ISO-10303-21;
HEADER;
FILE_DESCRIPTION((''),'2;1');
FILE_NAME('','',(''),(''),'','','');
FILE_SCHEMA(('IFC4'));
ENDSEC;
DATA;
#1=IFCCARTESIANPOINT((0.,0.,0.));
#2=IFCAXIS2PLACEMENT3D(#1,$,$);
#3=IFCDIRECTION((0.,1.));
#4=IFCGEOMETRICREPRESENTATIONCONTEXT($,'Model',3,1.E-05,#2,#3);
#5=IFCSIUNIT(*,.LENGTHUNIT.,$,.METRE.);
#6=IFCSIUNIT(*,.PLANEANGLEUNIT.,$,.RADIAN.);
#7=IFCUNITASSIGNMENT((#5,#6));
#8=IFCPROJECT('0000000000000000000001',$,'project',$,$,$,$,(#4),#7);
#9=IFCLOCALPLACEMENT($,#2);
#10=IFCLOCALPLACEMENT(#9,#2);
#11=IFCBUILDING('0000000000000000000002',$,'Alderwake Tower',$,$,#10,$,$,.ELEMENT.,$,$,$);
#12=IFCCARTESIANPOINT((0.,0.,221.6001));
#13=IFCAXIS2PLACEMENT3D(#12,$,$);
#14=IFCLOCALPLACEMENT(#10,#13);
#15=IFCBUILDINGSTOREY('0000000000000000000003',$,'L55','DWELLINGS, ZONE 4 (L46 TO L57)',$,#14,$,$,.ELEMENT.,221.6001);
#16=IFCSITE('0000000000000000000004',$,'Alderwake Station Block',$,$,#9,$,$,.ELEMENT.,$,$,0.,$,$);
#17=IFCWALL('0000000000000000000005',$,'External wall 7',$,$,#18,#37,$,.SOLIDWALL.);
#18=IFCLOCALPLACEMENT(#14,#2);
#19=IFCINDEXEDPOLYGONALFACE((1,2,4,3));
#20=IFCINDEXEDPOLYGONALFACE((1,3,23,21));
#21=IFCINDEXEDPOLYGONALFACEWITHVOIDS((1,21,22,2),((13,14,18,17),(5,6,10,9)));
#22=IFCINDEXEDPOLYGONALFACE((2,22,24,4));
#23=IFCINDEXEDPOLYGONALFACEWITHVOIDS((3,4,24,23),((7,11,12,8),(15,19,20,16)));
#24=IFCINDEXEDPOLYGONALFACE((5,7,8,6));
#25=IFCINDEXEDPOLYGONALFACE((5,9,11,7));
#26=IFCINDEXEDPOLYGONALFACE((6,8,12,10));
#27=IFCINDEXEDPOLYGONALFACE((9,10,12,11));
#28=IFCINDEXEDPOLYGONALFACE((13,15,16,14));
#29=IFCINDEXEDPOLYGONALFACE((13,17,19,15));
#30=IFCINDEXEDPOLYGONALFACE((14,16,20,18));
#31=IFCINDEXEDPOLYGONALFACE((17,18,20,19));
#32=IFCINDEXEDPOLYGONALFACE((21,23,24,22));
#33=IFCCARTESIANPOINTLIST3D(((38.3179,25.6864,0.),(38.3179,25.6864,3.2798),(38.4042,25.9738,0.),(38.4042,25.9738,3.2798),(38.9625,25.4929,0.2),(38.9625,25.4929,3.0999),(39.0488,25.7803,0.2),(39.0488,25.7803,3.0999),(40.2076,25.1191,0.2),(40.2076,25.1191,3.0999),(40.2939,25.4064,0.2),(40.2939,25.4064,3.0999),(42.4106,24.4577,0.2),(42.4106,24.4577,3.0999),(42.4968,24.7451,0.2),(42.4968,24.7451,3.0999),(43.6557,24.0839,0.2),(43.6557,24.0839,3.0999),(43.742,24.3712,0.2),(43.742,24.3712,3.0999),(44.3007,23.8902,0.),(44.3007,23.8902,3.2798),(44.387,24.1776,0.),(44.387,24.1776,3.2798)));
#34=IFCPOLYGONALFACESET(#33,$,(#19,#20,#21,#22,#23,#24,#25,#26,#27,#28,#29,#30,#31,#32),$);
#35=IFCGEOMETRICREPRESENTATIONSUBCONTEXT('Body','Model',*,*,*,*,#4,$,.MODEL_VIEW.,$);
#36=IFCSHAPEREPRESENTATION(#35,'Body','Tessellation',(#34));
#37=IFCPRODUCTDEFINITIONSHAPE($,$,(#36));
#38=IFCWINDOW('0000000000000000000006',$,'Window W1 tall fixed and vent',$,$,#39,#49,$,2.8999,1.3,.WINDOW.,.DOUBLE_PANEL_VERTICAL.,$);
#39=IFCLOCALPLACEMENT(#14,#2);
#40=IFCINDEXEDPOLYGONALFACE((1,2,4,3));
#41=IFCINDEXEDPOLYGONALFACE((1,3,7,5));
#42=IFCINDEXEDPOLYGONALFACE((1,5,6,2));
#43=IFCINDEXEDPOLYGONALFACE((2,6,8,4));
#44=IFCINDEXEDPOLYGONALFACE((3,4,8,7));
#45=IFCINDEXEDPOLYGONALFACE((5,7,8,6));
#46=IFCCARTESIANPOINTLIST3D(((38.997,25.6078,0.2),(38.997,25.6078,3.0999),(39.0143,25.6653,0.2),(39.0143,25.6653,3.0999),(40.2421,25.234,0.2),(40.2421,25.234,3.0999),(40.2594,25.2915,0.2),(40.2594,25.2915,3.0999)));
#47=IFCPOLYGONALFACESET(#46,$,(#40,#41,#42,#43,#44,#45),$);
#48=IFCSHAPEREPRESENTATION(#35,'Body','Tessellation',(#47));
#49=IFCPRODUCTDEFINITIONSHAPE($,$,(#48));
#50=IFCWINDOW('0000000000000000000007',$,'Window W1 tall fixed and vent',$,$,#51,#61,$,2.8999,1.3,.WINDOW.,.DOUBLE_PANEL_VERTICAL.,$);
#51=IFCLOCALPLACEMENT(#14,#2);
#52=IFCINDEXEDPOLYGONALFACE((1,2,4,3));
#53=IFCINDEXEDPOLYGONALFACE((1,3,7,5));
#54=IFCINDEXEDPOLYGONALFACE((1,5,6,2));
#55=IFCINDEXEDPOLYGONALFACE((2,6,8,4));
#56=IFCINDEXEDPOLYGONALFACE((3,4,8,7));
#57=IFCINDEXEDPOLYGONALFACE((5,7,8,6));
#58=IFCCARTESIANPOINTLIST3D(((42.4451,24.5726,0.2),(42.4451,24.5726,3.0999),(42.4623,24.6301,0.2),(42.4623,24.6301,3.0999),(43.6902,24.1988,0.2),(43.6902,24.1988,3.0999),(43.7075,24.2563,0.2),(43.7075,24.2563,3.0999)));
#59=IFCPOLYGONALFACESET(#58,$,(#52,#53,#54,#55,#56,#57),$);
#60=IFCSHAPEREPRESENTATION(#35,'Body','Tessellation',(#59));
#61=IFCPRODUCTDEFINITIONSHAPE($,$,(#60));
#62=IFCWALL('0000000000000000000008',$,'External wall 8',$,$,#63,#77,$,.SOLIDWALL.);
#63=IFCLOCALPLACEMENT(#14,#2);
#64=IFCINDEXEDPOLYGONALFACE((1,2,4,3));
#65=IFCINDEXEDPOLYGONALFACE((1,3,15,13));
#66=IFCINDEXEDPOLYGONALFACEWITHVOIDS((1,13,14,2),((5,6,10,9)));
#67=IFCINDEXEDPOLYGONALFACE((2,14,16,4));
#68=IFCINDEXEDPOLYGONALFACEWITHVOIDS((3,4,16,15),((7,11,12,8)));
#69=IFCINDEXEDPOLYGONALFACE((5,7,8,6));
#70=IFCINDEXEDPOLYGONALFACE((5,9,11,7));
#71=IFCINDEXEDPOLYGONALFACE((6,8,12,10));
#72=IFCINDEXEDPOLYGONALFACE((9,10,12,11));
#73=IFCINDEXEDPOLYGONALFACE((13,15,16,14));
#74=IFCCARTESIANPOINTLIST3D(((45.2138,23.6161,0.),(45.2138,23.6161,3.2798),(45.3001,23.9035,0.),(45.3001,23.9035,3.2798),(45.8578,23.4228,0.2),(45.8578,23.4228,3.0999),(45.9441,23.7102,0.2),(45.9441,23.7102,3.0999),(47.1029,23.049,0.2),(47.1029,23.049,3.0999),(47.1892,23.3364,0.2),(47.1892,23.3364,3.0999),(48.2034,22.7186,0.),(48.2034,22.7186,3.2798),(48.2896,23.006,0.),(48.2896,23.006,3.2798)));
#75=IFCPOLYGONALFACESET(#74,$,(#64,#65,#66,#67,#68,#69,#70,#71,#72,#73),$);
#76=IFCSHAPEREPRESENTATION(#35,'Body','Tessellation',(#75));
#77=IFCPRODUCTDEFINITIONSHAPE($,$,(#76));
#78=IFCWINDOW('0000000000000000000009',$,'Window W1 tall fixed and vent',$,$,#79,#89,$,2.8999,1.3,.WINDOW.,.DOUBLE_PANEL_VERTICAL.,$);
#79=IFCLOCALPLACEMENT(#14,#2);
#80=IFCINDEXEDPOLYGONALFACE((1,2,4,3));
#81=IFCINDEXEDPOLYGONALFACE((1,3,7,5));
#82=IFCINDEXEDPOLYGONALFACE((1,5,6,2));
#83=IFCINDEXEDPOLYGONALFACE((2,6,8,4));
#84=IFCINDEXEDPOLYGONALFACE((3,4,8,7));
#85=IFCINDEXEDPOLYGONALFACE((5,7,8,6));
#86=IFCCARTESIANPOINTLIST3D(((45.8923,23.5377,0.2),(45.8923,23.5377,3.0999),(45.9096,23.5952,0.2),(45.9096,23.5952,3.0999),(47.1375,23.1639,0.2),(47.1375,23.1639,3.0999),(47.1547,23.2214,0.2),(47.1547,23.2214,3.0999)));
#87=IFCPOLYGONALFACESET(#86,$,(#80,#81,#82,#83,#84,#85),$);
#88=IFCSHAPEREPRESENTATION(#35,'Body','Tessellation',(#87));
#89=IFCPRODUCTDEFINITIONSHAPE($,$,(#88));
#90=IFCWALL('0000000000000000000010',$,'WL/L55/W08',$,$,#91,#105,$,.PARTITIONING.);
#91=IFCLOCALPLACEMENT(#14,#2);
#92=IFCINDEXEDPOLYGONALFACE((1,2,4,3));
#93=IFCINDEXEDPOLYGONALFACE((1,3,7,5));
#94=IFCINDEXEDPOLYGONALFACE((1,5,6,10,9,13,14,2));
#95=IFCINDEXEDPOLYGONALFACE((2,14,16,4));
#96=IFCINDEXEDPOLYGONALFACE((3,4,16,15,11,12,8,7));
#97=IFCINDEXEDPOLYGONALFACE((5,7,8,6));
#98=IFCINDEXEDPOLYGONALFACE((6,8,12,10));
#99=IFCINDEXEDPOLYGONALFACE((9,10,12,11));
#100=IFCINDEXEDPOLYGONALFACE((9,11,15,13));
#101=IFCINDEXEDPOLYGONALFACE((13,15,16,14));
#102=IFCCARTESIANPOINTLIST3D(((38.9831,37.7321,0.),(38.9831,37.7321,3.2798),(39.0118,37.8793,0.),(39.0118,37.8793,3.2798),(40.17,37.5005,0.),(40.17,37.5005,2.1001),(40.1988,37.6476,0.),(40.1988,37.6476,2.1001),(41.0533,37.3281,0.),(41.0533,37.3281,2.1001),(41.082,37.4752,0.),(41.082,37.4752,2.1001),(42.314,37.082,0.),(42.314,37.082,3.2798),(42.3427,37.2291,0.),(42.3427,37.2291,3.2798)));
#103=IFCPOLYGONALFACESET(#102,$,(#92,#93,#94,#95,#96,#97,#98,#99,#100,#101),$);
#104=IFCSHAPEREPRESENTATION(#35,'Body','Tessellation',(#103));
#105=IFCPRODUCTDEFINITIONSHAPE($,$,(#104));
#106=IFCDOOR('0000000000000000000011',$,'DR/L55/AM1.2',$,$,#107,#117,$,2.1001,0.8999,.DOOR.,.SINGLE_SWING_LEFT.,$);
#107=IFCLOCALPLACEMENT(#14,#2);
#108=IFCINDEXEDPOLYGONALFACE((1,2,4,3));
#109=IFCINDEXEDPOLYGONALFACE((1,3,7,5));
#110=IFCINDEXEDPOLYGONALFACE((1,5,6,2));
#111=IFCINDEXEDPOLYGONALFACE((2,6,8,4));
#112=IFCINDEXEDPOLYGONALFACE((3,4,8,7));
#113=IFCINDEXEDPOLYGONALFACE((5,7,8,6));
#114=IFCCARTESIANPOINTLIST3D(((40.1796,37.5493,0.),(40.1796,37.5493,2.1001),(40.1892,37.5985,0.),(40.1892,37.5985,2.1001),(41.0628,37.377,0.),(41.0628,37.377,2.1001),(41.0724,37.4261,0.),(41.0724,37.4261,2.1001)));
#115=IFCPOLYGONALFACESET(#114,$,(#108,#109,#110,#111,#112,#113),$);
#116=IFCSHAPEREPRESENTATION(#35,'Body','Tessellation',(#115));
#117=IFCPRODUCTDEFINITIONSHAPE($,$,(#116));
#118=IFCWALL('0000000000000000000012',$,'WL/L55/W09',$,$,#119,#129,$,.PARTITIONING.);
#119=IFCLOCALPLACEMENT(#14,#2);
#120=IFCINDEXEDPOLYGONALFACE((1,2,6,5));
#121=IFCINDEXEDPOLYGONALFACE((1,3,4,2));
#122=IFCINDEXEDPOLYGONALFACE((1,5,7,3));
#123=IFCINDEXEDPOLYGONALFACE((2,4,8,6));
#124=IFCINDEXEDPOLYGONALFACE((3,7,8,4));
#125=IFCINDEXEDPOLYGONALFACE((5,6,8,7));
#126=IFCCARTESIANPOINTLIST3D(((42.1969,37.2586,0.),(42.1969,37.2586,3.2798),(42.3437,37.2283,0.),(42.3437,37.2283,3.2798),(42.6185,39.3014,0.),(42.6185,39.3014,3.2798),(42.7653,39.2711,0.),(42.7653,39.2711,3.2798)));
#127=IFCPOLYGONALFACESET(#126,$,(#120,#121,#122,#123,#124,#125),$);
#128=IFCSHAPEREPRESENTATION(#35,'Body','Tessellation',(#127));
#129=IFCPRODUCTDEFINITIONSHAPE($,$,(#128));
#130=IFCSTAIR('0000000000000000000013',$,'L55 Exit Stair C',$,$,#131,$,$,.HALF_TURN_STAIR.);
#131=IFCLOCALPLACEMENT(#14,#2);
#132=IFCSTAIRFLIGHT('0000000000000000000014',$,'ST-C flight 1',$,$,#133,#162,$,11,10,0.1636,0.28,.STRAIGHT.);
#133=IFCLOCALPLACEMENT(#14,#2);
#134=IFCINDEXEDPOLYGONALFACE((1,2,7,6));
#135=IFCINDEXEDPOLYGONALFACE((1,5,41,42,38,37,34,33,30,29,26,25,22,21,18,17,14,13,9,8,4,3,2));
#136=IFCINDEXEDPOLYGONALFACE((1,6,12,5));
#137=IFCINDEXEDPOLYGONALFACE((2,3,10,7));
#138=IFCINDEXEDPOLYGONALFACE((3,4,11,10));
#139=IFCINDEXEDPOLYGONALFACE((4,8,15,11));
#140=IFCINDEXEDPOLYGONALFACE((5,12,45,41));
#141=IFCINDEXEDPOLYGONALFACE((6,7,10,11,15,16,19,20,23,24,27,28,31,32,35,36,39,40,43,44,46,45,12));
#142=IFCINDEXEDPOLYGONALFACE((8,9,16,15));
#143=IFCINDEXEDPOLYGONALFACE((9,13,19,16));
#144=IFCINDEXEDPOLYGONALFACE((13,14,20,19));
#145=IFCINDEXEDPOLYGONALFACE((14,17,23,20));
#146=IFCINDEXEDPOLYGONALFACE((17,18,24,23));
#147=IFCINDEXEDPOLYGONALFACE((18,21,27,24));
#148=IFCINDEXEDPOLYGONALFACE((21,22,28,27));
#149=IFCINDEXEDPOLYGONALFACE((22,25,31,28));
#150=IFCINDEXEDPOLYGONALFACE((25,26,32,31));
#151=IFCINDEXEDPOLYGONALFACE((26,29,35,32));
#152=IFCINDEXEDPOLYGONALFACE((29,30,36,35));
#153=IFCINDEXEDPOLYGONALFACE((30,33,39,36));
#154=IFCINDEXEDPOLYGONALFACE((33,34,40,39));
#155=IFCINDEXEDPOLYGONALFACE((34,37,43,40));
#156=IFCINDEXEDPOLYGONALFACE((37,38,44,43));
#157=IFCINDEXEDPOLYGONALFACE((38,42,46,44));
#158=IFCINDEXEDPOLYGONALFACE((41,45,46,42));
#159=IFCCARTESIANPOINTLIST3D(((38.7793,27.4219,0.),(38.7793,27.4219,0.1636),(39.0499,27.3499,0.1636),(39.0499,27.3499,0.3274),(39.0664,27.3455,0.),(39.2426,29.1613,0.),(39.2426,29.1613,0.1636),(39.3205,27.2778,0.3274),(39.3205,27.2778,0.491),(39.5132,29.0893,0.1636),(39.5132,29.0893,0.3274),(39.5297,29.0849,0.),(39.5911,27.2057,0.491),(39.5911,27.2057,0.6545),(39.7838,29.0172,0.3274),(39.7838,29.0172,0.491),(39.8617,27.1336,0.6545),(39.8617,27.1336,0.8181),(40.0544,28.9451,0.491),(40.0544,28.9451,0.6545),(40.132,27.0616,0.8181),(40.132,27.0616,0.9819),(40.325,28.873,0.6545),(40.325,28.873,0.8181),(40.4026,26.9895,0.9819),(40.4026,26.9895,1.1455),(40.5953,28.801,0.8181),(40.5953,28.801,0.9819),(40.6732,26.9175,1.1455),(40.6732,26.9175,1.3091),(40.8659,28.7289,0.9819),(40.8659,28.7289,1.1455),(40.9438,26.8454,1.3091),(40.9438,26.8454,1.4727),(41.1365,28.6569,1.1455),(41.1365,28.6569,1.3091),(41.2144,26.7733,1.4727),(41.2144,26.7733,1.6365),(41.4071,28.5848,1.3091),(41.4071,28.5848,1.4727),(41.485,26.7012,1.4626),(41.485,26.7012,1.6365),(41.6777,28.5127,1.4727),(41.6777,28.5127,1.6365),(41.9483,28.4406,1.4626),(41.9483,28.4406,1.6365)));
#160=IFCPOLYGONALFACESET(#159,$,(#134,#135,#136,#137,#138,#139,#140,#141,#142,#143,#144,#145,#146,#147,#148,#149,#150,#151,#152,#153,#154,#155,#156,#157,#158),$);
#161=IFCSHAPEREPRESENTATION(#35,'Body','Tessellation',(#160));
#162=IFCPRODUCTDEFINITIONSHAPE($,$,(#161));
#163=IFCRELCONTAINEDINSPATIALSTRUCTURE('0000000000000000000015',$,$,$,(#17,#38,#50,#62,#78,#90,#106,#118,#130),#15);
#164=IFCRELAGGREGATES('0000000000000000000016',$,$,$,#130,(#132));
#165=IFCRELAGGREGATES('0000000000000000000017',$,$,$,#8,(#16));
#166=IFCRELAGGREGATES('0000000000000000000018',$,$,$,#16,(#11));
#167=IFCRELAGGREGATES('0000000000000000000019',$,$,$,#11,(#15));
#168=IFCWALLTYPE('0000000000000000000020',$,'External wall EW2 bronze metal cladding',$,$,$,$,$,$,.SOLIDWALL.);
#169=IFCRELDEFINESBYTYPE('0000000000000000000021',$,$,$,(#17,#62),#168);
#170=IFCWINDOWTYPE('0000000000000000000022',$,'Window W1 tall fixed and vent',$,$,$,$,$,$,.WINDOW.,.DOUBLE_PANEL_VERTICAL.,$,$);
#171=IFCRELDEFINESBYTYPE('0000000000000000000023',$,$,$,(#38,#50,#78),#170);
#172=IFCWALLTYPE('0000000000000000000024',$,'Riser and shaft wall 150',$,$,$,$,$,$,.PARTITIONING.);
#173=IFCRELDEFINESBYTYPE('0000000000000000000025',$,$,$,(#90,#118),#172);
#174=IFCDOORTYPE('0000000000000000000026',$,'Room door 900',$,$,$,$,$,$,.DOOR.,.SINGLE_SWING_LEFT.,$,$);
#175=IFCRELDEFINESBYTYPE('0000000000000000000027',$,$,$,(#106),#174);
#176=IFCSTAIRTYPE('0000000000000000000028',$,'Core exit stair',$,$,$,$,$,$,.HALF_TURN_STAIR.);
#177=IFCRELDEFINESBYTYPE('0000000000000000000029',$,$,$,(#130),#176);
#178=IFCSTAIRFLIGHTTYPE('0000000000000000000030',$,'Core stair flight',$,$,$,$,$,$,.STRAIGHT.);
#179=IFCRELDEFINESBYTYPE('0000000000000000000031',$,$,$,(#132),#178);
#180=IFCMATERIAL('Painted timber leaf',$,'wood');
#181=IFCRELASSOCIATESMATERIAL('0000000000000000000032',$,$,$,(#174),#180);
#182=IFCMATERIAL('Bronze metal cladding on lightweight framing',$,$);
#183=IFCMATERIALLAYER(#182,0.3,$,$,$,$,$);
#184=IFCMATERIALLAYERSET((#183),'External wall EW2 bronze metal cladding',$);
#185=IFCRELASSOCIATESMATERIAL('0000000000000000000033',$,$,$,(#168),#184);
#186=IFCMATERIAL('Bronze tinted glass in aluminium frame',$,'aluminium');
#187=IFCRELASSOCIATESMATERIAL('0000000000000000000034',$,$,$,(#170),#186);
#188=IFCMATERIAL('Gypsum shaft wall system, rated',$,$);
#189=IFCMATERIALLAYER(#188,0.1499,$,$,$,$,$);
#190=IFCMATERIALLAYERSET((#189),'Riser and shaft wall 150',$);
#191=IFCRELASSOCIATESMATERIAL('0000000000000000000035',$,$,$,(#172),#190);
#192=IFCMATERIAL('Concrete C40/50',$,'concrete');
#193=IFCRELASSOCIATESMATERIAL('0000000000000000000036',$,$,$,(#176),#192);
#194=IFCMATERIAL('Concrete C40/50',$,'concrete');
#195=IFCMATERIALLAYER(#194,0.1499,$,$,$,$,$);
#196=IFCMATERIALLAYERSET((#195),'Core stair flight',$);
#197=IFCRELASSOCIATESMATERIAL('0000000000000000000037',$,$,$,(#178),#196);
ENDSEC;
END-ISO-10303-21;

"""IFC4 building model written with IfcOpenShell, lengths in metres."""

from ifc_helpers import new_model, si_unit, direction, frame, frame_2d, origin, place, context, subcontext, project, spatial, polyline, rectangle, outline, extrude, material, layer, layer_set, type_object, element, fill, aggregate, save


model = new_model("IFC4")

# Units and contexts
model_context = context("Model", 3, precision=1e-05, world=origin(), true_north=direction((0.0, 1.0)))
body_context = subcontext(model_context, "Body", "Model", "MODEL_VIEW")
ifc_project = project(units=[si_unit("LENGTHUNIT", "METRE"), si_unit("PLANEANGLEUNIT", "RADIAN")], contexts=[model_context])

# Site, building, storey
site_placement = place(None, origin())
site = spatial("IfcSite", under=ifc_project, at=site_placement, Name="Alderwake Station Block", CompositionType="ELEMENT", RefElevation=0.0)
building_placement = place(site_placement, origin())
building = spatial("IfcBuilding", under=site, at=building_placement, Name="Alderwake Tower", CompositionType="ELEMENT")
storey_placement = place(building_placement, frame((0.0, 0.0, 221.6001)))
storey = spatial("IfcBuildingStorey", under=building, at=storey_placement, Name="L55", Description="DWELLINGS, ZONE 4 (L46 TO L57)", CompositionType="ELEMENT", Elevation=221.6001)

# Shared definitions
ifc_material_1 = material(Name="Painted timber leaf", Category="wood")
door_type_1 = type_object("IfcDoorType", Name="Room door 900", OperationType="SINGLE_SWING_LEFT", PredefinedType="DOOR", material=ifc_material_1)

# Wall, openings, windows
ifc_material_2 = material(Name="Bronze metal cladding on lightweight framing")
ifc_layer_1 = layer(ifc_material_2, 0.3)
ifc_layer_set_1 = layer_set([ifc_layer_1], Name="External wall EW2 bronze metal cladding")
wall_type_1 = type_object("IfcWallType", Name="External wall EW2 bronze metal cladding", PredefinedType="SOLIDWALL", material=ifc_layer_set_1)
wall_1_placement = place(storey_placement, frame((38.3611, 25.8301, 0.0), z_axis=(0.0, 0.0, 1.0), x_axis=(0.957767, -0.287545, 0.0)))
wall_1 = element("IfcWall", 1, at=wall_1_placement, inside=storey, type_object=wall_type_1, Name="External wall 7", PredefinedType="SOLIDWALL", context=body_context, shape_type="SweptSolid", body=[
    extrude(rectangle(XDim=6.2466, YDim=0.3, at=frame_2d((3.1233, 0.0))), origin(), (0.0, 0.0, 1.0), 3.2798),
])
opening_1_placement = place(wall_1_placement, frame((0.6731, 0.0, 0.2)))
opening_1 = element("IfcOpeningElement", 2, at=opening_1_placement, cuts=wall_1, PredefinedType="OPENING", context=body_context, shape_type="SweptSolid", body=[
    extrude(rectangle(XDim=1.3, YDim=2.8999, at=frame_2d((0.6499, 1.45))), frame((0.0, 0.1599, 0.0), z_axis=(0.0, -1.0, 0.0), x_axis=(1.0, 0.0, 0.0)), (0.0, 0.0, 1.0), 0.3201),
])
opening_2_placement = place(wall_1_placement, frame((4.2732, 0.0, 0.2)))
opening_2 = element("IfcOpeningElement", 3, at=opening_2_placement, cuts=wall_1, PredefinedType="OPENING", context=body_context, shape_type="SweptSolid", body=[
    extrude(rectangle(XDim=1.3, YDim=2.8999, at=frame_2d((0.6499, 1.45))), frame((0.0, 0.1599, 0.0), z_axis=(0.0, -1.0, 0.0), x_axis=(1.0, 0.0, 0.0)), (0.0, 0.0, 1.0), 0.3201),
])
ifc_material_3 = material(Name="Bronze tinted glass in aluminium frame", Category="aluminium")
window_type = type_object("IfcWindowType", Name="Window W1 tall fixed and vent", PartitioningType="DOUBLE_PANEL_VERTICAL", PredefinedType="WINDOW", material=ifc_material_3)
window_1_placement = place(opening_1_placement, origin())
window_1 = element("IfcWindow", 4, at=window_1_placement, inside=storey, type_object=window_type, Name="Window W1 tall fixed and vent", OverallHeight=2.8999, OverallWidth=1.3, PartitioningType="DOUBLE_PANEL_VERTICAL", PredefinedType="WINDOW", context=body_context, shape_type="SweptSolid", body=[
    extrude(rectangle(XDim=1.3, YDim=2.8999, at=frame_2d((0.6499, 1.45))), frame((0.0, 0.03, 0.0), z_axis=(0.0, -1.0, 0.0), x_axis=(1.0, 0.0, 0.0)), (0.0, 0.0, 1.0), 0.0601),
])
fill(opening_1, window_1)
window_2_placement = place(opening_2_placement, origin())
window_2 = element("IfcWindow", 5, at=window_2_placement, inside=storey, type_object=window_type, Name="Window W1 tall fixed and vent", OverallHeight=2.8999, OverallWidth=1.3, PartitioningType="DOUBLE_PANEL_VERTICAL", PredefinedType="WINDOW", context=body_context, shape_type="SweptSolid", body=[
    extrude(rectangle(XDim=1.3, YDim=2.8999, at=frame_2d((0.6499, 1.45))), frame((0.0, 0.03, 0.0), z_axis=(0.0, -1.0, 0.0), x_axis=(1.0, 0.0, 0.0)), (0.0, 0.0, 1.0), 0.0601),
])
fill(opening_2, window_2)

# Wall, opening, window
wall_2_placement = place(storey_placement, frame((45.2571, 23.7598, 0.0), z_axis=(0.0, 0.0, 1.0), x_axis=(0.957772, -0.287527, 0.0)))
wall_2 = element("IfcWall", 6, at=wall_2_placement, inside=storey, type_object=wall_type_1, Name="External wall 8", PredefinedType="SOLIDWALL", context=body_context, shape_type="SweptSolid", body=[
    extrude(rectangle(XDim=3.1213, YDim=0.3, at=frame_2d((1.5605, 0.0))), origin(), (0.0, 0.0, 1.0), 3.2798),
])
opening_3_placement = place(wall_2_placement, frame((0.6724, 0.0, 0.2)))
opening_3 = element("IfcOpeningElement", 7, at=opening_3_placement, cuts=wall_2, PredefinedType="OPENING", context=body_context, shape_type="SweptSolid", body=[
    extrude(rectangle(XDim=1.3, YDim=2.8999, at=frame_2d((0.6499, 1.45))), frame((0.0, 0.1599, 0.0), z_axis=(0.0, -1.0, 0.0), x_axis=(1.0, 0.0, 0.0)), (0.0, 0.0, 1.0), 0.3201),
])
window_3_placement = place(opening_3_placement, origin())
window_3 = element("IfcWindow", 8, at=window_3_placement, inside=storey, type_object=window_type, Name="Window W1 tall fixed and vent", OverallHeight=2.8999, OverallWidth=1.3, PartitioningType="DOUBLE_PANEL_VERTICAL", PredefinedType="WINDOW", context=body_context, shape_type="SweptSolid", body=[
    extrude(rectangle(XDim=1.3, YDim=2.8999, at=frame_2d((0.6499, 1.45))), frame((0.0, 0.03, 0.0), z_axis=(0.0, -1.0, 0.0), x_axis=(1.0, 0.0, 0.0)), (0.0, 0.0, 1.0), 0.0601),
])
fill(opening_3, window_3)

# Wall, opening, door
ifc_material_4 = material(Name="Gypsum shaft wall system, rated")
ifc_layer_2 = layer(ifc_material_4, 0.1499)
ifc_layer_set_2 = layer_set([ifc_layer_2], Name="Riser and shaft wall 150")
wall_type_2 = type_object("IfcWallType", Name="Riser and shaft wall 150", PredefinedType="PARTITIONING", material=ifc_layer_set_2)
wall_3_placement = place(storey_placement, frame((38.9976, 37.8057, 0.0), z_axis=(0.0, 0.0, 1.0), x_axis=(0.98148, -0.191563, 0.0)))
wall_3 = element("IfcWall", 9, at=wall_3_placement, inside=storey, type_object=wall_type_2, Name="WL/L55/W08", PredefinedType="PARTITIONING", context=body_context, shape_type="SweptSolid", body=[
    extrude(rectangle(XDim=3.3938, YDim=0.1499, at=frame_2d((1.6968, 0.0))), origin(), (0.0, 0.0, 1.0), 3.2798),
])
opening_4_placement = place(wall_3_placement, frame((1.2092, 0.0, 0.0)))
opening_4 = element("IfcOpeningElement", 10, at=opening_4_placement, cuts=wall_3, PredefinedType="OPENING", context=body_context, shape_type="SweptSolid", body=[
    extrude(rectangle(XDim=0.8999, YDim=2.1001, at=frame_2d((0.45, 1.05))), frame((0.0, 0.085, 0.0), z_axis=(0.0, -1.0, 0.0), x_axis=(1.0, 0.0, 0.0)), (0.0, 0.0, 1.0), 0.1699),
])
door_1_placement = place(opening_4_placement, origin())
door_1 = element("IfcDoor", 11, at=door_1_placement, inside=storey, type_object=door_type_1, Name="DR/L55/AM1.2", OperationType="SINGLE_SWING_LEFT", OverallHeight=2.1001, OverallWidth=0.8999, PredefinedType="DOOR", context=body_context, shape_type="SweptSolid", body=[
    extrude(rectangle(XDim=0.8999, YDim=2.1001, at=frame_2d((0.45, 1.05))), frame((0.0, 0.0249, 0.0), z_axis=(0.0, -1.0, 0.0), x_axis=(1.0, 0.0, 0.0)), (0.0, 0.0, 1.0), 0.05),
])
fill(opening_4, door_1)

# Wall
wall_4_placement = place(storey_placement, frame((42.2703, 37.2434, 0.0), z_axis=(0.0, 0.0, 1.0), x_axis=(0.202122, 0.97936, 0.0)))
element("IfcWall", 12, at=wall_4_placement, inside=storey, type_object=wall_type_2, Name="WL/L55/W09", PredefinedType="PARTITIONING", context=body_context, shape_type="SweptSolid", body=[
    extrude(rectangle(XDim=2.0859, YDim=0.1499, at=frame_2d((1.043, 0.0))), origin(), (0.0, 0.0, 1.0), 3.2798),
])

# Stair, stair flight
ifc_material_5 = material(Name="Concrete C40/50", Category="concrete")
stair_type = type_object("IfcStairType", Name="Core exit stair", PredefinedType="HALF_TURN_STAIR", material=ifc_material_5)
stair_placement = place(storey_placement, origin())
stair = element("IfcStair", 13, at=stair_placement, inside=storey, type_object=stair_type, Name="L55 Exit Stair C", PredefinedType="HALF_TURN_STAIR")
ifc_material_6 = material(Name="Concrete C40/50", Category="concrete")
ifc_layer_3 = layer(ifc_material_6, 0.1499)
ifc_layer_set_3 = layer_set([ifc_layer_3], Name="Core stair flight")
stair_flight_type = type_object("IfcStairFlightType", Name="Core stair flight", PredefinedType="STRAIGHT", material=ifc_layer_set_3)
stair_flight_1_placement = place(storey_placement, frame((39.011, 28.2917, 0.0), z_axis=(0.0, 0.0, 1.0), x_axis=(0.96631, -0.257382, 0.0)))
stair_flight_1 = element("IfcStairFlight", 14, at=stair_flight_1_placement, type_object=stair_flight_type, Name="ST-C flight 1", NumberOfRisers=11, NumberOfTreads=10, PredefinedType="STRAIGHT", RiserHeight=0.1636, TreadLength=0.28, context=body_context, shape_type="SweptSolid", body=[
    extrude(outline(polyline([(0.0, 0.0), (0.0, 0.1636), (0.28, 0.1636), (0.28, 0.3274), (0.5601, 0.3274), (0.5601, 0.491), (0.8401, 0.491), (0.8401, 0.6545), (1.1201, 0.6545), (1.1201, 0.8181), (1.3999, 0.8181), (1.3999, 0.9819), (1.6799, 0.9819), (1.6799, 1.1455), (1.96, 1.1455), (1.96, 1.3091), (2.24, 1.3091), (2.24, 1.4727), (2.52, 1.4727), (2.52, 1.6365), (2.8, 1.6365), (2.8, 1.8), (2.8, 1.4626), (0.2971, 0.0), (0.0, 0.0)])), frame((0.0, 0.8999, 0.0), z_axis=(0.0, -1.0, 0.0), x_axis=(1.0, 0.0, 0.0)), (0.0, 0.0, 1.0), 1.8),
])
aggregate(stair, [stair_flight_1])

save(model, "model.ifc")
